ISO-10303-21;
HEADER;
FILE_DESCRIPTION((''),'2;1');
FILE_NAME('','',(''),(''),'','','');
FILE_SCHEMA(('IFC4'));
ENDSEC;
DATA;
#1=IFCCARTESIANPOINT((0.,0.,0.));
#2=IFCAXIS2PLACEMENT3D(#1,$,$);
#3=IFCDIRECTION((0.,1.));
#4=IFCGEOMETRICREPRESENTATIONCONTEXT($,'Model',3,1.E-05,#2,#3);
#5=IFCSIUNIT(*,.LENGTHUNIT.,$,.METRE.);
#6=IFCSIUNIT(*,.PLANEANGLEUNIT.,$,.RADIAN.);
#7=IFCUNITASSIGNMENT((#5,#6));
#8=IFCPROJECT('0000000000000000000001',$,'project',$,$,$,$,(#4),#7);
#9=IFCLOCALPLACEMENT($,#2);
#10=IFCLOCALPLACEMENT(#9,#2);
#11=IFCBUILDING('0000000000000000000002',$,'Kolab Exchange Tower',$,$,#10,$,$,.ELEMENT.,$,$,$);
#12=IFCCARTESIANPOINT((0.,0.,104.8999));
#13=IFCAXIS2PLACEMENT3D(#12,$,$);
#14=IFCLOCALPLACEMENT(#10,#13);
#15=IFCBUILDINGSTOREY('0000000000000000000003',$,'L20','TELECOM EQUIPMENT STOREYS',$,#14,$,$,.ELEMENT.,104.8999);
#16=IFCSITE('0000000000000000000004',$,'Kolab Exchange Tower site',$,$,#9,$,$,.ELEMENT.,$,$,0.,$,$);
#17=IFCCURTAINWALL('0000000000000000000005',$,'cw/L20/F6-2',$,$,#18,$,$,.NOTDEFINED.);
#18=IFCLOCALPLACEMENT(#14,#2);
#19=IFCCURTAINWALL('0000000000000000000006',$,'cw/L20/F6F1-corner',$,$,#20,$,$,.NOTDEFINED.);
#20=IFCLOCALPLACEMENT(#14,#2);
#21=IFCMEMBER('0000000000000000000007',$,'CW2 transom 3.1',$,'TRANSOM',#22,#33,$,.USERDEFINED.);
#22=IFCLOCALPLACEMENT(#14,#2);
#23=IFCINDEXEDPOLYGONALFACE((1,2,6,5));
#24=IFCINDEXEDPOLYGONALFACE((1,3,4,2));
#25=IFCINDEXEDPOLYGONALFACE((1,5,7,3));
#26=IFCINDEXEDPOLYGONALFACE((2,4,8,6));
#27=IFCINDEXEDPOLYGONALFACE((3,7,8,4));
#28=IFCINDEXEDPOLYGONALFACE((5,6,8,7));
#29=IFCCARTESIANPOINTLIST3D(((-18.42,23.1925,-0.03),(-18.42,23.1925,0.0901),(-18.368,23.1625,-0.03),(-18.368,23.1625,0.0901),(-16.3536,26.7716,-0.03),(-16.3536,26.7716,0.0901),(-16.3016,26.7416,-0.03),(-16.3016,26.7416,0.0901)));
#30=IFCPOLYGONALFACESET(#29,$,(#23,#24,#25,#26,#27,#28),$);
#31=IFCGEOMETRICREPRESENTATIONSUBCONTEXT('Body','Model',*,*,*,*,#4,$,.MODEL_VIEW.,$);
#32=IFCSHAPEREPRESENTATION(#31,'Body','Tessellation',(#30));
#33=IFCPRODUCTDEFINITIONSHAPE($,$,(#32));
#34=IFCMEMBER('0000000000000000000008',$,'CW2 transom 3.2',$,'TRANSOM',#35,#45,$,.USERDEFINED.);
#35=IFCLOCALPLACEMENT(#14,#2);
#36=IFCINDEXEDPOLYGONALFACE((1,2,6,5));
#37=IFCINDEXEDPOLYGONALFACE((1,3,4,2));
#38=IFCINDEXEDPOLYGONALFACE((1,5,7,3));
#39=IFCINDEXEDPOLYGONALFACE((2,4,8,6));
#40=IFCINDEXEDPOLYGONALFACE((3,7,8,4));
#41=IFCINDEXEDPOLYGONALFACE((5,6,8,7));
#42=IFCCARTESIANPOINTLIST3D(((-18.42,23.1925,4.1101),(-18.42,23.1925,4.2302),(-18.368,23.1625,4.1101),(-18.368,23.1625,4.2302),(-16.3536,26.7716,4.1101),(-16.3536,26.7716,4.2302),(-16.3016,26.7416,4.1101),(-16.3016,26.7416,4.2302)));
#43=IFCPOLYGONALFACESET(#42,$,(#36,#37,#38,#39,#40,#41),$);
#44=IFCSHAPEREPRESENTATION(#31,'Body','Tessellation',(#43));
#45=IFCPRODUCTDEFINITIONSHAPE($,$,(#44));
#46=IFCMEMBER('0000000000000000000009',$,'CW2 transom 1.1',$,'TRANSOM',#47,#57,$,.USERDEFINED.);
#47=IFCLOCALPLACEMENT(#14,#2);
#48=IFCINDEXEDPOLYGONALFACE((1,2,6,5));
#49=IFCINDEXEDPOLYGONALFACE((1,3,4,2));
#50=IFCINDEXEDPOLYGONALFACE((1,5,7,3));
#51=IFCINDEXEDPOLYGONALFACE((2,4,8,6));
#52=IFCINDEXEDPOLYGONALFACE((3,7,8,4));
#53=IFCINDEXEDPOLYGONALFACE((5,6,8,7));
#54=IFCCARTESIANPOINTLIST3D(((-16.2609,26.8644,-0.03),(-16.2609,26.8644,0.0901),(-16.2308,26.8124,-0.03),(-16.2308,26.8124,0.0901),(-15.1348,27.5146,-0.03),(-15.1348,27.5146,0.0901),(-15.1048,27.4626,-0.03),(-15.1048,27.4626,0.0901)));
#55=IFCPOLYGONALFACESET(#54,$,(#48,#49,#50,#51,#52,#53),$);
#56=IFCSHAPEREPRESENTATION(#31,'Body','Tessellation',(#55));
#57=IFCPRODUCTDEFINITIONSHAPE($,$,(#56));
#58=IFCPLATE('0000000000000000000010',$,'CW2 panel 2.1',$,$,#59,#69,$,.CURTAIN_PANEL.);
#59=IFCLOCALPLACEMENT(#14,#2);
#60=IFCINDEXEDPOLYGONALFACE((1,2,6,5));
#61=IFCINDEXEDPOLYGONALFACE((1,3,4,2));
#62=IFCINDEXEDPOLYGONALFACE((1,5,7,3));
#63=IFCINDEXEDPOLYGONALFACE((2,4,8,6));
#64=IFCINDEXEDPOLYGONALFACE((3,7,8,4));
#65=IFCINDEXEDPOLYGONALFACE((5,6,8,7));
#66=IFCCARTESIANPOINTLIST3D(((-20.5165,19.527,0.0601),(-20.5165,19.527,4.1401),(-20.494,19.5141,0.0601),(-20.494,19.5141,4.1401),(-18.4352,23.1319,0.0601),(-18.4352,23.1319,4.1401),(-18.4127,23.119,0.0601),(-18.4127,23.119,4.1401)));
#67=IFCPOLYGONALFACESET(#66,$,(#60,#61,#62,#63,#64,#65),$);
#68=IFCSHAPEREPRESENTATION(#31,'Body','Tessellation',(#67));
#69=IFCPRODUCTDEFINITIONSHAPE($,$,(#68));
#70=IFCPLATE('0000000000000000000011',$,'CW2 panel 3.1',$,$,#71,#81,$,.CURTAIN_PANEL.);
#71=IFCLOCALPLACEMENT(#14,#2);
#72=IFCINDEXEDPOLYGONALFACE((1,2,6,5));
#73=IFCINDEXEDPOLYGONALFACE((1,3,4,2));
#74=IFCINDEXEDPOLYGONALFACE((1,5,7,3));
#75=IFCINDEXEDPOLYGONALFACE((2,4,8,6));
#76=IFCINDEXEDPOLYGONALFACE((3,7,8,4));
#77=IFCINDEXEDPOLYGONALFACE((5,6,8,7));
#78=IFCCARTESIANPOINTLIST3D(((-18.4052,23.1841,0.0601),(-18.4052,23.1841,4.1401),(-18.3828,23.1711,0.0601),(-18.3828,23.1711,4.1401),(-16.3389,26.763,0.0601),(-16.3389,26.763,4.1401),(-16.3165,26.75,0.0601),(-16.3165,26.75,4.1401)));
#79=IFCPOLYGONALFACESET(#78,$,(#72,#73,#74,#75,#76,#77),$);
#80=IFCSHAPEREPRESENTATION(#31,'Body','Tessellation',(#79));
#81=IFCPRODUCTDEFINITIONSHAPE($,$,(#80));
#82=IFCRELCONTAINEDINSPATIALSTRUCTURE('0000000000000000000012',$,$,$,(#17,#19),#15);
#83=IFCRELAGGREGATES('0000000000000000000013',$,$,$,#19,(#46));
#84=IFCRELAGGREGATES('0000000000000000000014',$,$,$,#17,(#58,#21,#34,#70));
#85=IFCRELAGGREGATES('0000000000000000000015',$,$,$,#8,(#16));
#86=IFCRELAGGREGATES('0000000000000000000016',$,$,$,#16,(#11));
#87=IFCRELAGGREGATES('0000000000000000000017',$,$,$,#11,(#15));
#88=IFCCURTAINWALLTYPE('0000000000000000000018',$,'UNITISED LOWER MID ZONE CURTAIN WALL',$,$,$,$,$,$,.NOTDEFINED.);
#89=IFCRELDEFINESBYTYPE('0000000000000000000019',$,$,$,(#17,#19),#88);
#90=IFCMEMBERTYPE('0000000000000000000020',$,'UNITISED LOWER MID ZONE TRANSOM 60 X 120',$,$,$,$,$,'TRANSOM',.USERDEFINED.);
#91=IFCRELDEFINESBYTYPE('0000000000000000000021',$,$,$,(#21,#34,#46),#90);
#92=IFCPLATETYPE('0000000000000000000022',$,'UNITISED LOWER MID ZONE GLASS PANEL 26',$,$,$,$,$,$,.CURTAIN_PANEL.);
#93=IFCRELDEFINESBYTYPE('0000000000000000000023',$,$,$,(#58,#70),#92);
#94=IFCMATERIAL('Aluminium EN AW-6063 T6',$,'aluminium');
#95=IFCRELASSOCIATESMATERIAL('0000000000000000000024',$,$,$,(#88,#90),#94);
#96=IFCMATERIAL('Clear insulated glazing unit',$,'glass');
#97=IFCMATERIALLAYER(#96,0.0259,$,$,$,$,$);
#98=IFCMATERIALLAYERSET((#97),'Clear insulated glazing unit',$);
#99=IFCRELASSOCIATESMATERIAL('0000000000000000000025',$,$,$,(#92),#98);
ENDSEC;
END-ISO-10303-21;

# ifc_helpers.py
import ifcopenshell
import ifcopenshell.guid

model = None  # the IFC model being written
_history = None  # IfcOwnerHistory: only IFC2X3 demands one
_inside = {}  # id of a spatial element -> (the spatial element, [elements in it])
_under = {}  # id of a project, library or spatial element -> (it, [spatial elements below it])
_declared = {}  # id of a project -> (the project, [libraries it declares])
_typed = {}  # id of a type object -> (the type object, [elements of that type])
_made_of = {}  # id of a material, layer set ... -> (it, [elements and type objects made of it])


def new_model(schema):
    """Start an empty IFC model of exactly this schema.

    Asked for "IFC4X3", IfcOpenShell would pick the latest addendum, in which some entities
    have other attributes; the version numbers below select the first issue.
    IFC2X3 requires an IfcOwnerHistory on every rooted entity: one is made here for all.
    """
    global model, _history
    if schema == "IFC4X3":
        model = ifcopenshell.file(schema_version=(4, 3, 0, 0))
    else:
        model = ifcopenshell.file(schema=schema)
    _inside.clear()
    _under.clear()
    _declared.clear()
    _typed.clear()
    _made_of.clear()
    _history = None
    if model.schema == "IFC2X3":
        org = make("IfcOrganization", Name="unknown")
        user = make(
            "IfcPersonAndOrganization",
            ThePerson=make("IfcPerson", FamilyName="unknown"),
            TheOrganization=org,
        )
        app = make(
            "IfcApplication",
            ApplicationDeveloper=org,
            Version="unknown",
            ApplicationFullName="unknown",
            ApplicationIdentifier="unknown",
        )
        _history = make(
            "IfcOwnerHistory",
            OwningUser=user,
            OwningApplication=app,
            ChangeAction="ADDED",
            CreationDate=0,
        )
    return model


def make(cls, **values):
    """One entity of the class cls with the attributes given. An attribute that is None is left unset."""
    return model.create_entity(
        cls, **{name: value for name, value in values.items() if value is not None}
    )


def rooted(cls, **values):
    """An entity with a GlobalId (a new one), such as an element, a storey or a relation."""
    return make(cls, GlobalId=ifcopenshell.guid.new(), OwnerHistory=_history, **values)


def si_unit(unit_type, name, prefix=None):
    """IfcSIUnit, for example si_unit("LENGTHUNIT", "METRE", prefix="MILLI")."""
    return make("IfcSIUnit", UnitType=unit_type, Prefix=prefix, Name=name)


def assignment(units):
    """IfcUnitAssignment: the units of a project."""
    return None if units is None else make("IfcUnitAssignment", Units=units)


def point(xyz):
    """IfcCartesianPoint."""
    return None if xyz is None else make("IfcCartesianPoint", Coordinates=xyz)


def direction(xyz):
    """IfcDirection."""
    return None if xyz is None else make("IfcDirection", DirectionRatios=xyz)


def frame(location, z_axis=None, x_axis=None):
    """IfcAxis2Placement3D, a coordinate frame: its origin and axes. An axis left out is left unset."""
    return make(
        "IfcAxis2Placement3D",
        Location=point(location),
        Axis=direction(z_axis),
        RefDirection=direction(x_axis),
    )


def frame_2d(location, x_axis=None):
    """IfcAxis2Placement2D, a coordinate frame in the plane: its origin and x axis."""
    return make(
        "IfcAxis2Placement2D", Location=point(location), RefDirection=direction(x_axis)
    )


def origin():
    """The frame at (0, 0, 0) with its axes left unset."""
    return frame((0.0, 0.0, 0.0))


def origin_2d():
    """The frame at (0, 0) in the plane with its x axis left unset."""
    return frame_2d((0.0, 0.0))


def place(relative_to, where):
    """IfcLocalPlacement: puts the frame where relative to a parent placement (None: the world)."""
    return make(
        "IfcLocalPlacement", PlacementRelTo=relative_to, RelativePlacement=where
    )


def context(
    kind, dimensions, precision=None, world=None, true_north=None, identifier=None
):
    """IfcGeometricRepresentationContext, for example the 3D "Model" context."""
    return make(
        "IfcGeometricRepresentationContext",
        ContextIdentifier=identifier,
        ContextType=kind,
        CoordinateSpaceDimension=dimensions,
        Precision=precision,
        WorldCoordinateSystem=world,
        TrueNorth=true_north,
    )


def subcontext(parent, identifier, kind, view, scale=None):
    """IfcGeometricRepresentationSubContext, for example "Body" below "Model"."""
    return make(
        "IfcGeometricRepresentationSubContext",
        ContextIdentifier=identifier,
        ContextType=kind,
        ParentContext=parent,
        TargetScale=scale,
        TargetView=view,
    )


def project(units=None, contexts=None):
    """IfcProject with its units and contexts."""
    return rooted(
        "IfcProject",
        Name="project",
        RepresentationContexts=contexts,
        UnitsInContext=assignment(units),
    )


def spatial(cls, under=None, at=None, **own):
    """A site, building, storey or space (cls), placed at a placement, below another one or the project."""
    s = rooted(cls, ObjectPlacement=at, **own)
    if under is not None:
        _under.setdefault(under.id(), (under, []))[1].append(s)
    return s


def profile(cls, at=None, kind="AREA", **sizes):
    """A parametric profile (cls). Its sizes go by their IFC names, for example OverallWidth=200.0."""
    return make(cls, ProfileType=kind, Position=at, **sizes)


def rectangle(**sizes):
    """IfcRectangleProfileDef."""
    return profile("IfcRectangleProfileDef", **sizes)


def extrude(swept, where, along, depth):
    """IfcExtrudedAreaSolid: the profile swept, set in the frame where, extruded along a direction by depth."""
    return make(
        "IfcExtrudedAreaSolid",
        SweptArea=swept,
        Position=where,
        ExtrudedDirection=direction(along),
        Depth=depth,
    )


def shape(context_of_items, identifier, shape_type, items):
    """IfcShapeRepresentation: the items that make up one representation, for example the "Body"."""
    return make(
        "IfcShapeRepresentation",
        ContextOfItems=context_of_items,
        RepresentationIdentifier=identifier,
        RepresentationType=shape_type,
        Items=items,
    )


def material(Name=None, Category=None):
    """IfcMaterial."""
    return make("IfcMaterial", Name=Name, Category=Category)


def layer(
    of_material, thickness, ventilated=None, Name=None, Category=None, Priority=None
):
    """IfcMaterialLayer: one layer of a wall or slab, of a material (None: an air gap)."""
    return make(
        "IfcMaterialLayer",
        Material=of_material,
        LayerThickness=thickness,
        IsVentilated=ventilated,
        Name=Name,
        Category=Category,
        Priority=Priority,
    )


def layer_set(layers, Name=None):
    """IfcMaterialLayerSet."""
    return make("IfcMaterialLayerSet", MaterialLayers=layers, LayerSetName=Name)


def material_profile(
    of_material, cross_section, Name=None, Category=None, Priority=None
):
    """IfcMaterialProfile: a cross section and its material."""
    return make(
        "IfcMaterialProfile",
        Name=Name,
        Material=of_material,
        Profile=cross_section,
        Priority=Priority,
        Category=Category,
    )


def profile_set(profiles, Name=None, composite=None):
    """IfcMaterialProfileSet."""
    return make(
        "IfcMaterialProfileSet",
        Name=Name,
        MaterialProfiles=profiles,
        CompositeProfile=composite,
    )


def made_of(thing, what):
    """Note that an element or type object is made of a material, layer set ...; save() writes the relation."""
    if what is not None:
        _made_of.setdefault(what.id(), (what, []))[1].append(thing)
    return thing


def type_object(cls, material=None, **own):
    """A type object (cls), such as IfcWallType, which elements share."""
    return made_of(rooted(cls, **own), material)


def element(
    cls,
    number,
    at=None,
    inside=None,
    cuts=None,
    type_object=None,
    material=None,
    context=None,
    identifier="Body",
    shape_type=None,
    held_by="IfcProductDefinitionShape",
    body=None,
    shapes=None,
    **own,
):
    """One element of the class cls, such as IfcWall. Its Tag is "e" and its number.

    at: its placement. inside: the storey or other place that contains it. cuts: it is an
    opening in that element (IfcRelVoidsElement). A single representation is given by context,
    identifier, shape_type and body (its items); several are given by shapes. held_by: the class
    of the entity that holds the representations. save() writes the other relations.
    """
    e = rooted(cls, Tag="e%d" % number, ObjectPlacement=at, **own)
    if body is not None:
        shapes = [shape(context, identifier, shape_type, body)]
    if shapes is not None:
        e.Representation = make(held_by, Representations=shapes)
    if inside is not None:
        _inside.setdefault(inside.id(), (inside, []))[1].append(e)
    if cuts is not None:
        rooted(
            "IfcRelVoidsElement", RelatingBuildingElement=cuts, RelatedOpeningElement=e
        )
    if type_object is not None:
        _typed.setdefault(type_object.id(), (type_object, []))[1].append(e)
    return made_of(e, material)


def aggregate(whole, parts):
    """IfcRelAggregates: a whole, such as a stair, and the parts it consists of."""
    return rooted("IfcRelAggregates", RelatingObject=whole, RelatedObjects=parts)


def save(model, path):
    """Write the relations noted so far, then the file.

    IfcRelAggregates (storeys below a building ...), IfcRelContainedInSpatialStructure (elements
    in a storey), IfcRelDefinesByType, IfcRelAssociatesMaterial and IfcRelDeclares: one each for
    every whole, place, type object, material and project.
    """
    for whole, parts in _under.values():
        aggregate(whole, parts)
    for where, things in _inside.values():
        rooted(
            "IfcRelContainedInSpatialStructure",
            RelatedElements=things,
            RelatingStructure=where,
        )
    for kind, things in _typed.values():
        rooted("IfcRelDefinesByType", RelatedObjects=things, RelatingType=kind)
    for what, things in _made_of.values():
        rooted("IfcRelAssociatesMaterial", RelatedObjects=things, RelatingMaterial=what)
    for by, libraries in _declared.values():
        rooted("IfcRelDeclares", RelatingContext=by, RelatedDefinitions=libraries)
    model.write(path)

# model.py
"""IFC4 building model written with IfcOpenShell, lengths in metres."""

from ifc_helpers import new_model, si_unit, direction, frame, origin, origin_2d, place, context, subcontext, project, spatial, rectangle, extrude, material, layer, layer_set, material_profile, profile_set, type_object, element, aggregate, save


model = new_model("IFC4")

# Units and contexts
model_context = context("Model", 3, precision=1e-05, world=origin(), true_north=direction((0.0, 1.0)))
body_context = subcontext(model_context, "Body", "Model", "MODEL_VIEW")
ifc_project = project(units=[si_unit("LENGTHUNIT", "METRE"), si_unit("PLANEANGLEUNIT", "RADIAN")], contexts=[model_context])

# Site, building, storey
site_placement = place(None, origin())
site = spatial("IfcSite", under=ifc_project, at=site_placement, Name="Kolab Exchange Tower site", CompositionType="ELEMENT", RefElevation=0.0)
building_placement = place(site_placement, origin())
building = spatial("IfcBuilding", under=site, at=building_placement, Name="Kolab Exchange Tower", CompositionType="ELEMENT")
storey_placement = place(building_placement, frame((0.0, 0.0, 104.8999)))
storey = spatial("IfcBuildingStorey", under=building, at=storey_placement, Name="L20", Description="TELECOM EQUIPMENT STOREYS", CompositionType="ELEMENT", Elevation=104.8999)

# Curtain wall
ifc_material_1 = material(Name="Aluminium EN AW-6063 T6", Category="aluminium")
curtain_wall_type = type_object("IfcCurtainWallType", Name="UNITISED LOWER MID ZONE CURTAIN WALL", PredefinedType="NOTDEFINED", material=ifc_material_1)
curtain_wall_1_placement = place(storey_placement, origin())
curtain_wall_1 = element("IfcCurtainWall", 1, at=curtain_wall_1_placement, inside=storey, type_object=curtain_wall_type, Name="cw/L20/F6-2", PredefinedType="NOTDEFINED")

# Curtain wall
curtain_wall_2_placement = place(storey_placement, origin())
curtain_wall_2 = element("IfcCurtainWall", 2, at=curtain_wall_2_placement, inside=storey, type_object=curtain_wall_type, Name="cw/L20/F6F1-corner", PredefinedType="NOTDEFINED")

# Members
ifc_material_profile_1 = material_profile(ifc_material_1, rectangle(XDim=0.0601, YDim=0.1201, at=origin_2d()), Name="RECT 60X120")
ifc_profile_set_1 = profile_set([ifc_material_profile_1], Name="Aluminium EN AW-6063 T6")
member_type_1 = type_object("IfcMemberType", Name="UNITISED LOWER MID ZONE TRANSOM 60 X 120", ElementType="TRANSOM", PredefinedType="USERDEFINED", material=ifc_profile_set_1)
member_1_placement = place(storey_placement, frame((-18.394, 23.1775, 0.03), z_axis=(0.500002, 0.866024, 0.0), x_axis=(-0.866024, 0.500002, 0.0)))
member_1 = element("IfcMember", 3, at=member_1_placement, type_object=member_type_1, Name="CW2 transom 3.1", ObjectType="TRANSOM", PredefinedType="USERDEFINED", context=body_context, shape_type="SweptSolid", body=[
    extrude(rectangle(XDim=0.0601, YDim=0.1201, at=origin_2d()), origin(), (0.0, 0.0, 1.0), 4.1328),
])
member_2_placement = place(storey_placement, frame((-18.394, 23.1775, 4.1702), z_axis=(0.500002, 0.866024, 0.0), x_axis=(-0.866024, 0.500002, 0.0)))
member_2 = element("IfcMember", 4, at=member_2_placement, type_object=member_type_1, Name="CW2 transom 3.2", ObjectType="TRANSOM", PredefinedType="USERDEFINED", context=body_context, shape_type="SweptSolid", body=[
    extrude(rectangle(XDim=0.0601, YDim=0.1201, at=origin_2d()), origin(), (0.0, 0.0, 1.0), 4.1328),
])
member_3_placement = place(storey_placement, frame((-16.2458, 26.8384, 0.03), z_axis=(0.866004, 0.500037, 0.0), x_axis=(-0.500037, 0.866004, 0.0)))
member_3 = element("IfcMember", 5, at=member_3_placement, type_object=member_type_1, Name="CW2 transom 1.1", ObjectType="TRANSOM", PredefinedType="USERDEFINED", context=body_context, shape_type="SweptSolid", body=[
    extrude(rectangle(XDim=0.0601, YDim=0.1201, at=origin_2d()), origin(), (0.0, 0.0, 1.0), 1.3003),
])
aggregate(curtain_wall_2, [member_3])

# Plates
ifc_material_2 = material(Name="Clear insulated glazing unit", Category="glass")
ifc_layer = layer(ifc_material_2, 0.0259)
ifc_layer_set = layer_set([ifc_layer], Name="Clear insulated glazing unit")
plate_type = type_object("IfcPlateType", Name="UNITISED LOWER MID ZONE GLASS PANEL 26", PredefinedType="CURTAIN_PANEL", material=ifc_layer_set)
plate_1_placement = place(storey_placement, frame((-19.4646, 21.323, 0.0601), z_axis=(0.0, 0.0, 1.0), x_axis=(0.5, 0.866025, 0.0)))
plate_1 = element("IfcPlate", 6, at=plate_1_placement, type_object=plate_type, Name="CW2 panel 2.1", PredefinedType="CURTAIN_PANEL", context=body_context, shape_type="SweptSolid", body=[
    extrude(rectangle(XDim=4.1626, YDim=0.0259, at=origin_2d()), origin(), (0.0, 0.0, 1.0), 4.0801),
])
plate_2_placement = place(storey_placement, frame((-17.3608, 24.967, 0.0601), z_axis=(0.0, 0.0, 1.0), x_axis=(0.5, 0.866025, 0.0)))
plate_2 = element("IfcPlate", 7, at=plate_2_placement, type_object=plate_type, Name="CW2 panel 3.1", PredefinedType="CURTAIN_PANEL", context=body_context, shape_type="SweptSolid", body=[
    extrude(rectangle(XDim=4.1326, YDim=0.0259, at=origin_2d()), origin(), (0.0, 0.0, 1.0), 4.0801),
])
aggregate(curtain_wall_1, [plate_1, member_1, member_2, plate_2])

save(model, "model.ifc")
